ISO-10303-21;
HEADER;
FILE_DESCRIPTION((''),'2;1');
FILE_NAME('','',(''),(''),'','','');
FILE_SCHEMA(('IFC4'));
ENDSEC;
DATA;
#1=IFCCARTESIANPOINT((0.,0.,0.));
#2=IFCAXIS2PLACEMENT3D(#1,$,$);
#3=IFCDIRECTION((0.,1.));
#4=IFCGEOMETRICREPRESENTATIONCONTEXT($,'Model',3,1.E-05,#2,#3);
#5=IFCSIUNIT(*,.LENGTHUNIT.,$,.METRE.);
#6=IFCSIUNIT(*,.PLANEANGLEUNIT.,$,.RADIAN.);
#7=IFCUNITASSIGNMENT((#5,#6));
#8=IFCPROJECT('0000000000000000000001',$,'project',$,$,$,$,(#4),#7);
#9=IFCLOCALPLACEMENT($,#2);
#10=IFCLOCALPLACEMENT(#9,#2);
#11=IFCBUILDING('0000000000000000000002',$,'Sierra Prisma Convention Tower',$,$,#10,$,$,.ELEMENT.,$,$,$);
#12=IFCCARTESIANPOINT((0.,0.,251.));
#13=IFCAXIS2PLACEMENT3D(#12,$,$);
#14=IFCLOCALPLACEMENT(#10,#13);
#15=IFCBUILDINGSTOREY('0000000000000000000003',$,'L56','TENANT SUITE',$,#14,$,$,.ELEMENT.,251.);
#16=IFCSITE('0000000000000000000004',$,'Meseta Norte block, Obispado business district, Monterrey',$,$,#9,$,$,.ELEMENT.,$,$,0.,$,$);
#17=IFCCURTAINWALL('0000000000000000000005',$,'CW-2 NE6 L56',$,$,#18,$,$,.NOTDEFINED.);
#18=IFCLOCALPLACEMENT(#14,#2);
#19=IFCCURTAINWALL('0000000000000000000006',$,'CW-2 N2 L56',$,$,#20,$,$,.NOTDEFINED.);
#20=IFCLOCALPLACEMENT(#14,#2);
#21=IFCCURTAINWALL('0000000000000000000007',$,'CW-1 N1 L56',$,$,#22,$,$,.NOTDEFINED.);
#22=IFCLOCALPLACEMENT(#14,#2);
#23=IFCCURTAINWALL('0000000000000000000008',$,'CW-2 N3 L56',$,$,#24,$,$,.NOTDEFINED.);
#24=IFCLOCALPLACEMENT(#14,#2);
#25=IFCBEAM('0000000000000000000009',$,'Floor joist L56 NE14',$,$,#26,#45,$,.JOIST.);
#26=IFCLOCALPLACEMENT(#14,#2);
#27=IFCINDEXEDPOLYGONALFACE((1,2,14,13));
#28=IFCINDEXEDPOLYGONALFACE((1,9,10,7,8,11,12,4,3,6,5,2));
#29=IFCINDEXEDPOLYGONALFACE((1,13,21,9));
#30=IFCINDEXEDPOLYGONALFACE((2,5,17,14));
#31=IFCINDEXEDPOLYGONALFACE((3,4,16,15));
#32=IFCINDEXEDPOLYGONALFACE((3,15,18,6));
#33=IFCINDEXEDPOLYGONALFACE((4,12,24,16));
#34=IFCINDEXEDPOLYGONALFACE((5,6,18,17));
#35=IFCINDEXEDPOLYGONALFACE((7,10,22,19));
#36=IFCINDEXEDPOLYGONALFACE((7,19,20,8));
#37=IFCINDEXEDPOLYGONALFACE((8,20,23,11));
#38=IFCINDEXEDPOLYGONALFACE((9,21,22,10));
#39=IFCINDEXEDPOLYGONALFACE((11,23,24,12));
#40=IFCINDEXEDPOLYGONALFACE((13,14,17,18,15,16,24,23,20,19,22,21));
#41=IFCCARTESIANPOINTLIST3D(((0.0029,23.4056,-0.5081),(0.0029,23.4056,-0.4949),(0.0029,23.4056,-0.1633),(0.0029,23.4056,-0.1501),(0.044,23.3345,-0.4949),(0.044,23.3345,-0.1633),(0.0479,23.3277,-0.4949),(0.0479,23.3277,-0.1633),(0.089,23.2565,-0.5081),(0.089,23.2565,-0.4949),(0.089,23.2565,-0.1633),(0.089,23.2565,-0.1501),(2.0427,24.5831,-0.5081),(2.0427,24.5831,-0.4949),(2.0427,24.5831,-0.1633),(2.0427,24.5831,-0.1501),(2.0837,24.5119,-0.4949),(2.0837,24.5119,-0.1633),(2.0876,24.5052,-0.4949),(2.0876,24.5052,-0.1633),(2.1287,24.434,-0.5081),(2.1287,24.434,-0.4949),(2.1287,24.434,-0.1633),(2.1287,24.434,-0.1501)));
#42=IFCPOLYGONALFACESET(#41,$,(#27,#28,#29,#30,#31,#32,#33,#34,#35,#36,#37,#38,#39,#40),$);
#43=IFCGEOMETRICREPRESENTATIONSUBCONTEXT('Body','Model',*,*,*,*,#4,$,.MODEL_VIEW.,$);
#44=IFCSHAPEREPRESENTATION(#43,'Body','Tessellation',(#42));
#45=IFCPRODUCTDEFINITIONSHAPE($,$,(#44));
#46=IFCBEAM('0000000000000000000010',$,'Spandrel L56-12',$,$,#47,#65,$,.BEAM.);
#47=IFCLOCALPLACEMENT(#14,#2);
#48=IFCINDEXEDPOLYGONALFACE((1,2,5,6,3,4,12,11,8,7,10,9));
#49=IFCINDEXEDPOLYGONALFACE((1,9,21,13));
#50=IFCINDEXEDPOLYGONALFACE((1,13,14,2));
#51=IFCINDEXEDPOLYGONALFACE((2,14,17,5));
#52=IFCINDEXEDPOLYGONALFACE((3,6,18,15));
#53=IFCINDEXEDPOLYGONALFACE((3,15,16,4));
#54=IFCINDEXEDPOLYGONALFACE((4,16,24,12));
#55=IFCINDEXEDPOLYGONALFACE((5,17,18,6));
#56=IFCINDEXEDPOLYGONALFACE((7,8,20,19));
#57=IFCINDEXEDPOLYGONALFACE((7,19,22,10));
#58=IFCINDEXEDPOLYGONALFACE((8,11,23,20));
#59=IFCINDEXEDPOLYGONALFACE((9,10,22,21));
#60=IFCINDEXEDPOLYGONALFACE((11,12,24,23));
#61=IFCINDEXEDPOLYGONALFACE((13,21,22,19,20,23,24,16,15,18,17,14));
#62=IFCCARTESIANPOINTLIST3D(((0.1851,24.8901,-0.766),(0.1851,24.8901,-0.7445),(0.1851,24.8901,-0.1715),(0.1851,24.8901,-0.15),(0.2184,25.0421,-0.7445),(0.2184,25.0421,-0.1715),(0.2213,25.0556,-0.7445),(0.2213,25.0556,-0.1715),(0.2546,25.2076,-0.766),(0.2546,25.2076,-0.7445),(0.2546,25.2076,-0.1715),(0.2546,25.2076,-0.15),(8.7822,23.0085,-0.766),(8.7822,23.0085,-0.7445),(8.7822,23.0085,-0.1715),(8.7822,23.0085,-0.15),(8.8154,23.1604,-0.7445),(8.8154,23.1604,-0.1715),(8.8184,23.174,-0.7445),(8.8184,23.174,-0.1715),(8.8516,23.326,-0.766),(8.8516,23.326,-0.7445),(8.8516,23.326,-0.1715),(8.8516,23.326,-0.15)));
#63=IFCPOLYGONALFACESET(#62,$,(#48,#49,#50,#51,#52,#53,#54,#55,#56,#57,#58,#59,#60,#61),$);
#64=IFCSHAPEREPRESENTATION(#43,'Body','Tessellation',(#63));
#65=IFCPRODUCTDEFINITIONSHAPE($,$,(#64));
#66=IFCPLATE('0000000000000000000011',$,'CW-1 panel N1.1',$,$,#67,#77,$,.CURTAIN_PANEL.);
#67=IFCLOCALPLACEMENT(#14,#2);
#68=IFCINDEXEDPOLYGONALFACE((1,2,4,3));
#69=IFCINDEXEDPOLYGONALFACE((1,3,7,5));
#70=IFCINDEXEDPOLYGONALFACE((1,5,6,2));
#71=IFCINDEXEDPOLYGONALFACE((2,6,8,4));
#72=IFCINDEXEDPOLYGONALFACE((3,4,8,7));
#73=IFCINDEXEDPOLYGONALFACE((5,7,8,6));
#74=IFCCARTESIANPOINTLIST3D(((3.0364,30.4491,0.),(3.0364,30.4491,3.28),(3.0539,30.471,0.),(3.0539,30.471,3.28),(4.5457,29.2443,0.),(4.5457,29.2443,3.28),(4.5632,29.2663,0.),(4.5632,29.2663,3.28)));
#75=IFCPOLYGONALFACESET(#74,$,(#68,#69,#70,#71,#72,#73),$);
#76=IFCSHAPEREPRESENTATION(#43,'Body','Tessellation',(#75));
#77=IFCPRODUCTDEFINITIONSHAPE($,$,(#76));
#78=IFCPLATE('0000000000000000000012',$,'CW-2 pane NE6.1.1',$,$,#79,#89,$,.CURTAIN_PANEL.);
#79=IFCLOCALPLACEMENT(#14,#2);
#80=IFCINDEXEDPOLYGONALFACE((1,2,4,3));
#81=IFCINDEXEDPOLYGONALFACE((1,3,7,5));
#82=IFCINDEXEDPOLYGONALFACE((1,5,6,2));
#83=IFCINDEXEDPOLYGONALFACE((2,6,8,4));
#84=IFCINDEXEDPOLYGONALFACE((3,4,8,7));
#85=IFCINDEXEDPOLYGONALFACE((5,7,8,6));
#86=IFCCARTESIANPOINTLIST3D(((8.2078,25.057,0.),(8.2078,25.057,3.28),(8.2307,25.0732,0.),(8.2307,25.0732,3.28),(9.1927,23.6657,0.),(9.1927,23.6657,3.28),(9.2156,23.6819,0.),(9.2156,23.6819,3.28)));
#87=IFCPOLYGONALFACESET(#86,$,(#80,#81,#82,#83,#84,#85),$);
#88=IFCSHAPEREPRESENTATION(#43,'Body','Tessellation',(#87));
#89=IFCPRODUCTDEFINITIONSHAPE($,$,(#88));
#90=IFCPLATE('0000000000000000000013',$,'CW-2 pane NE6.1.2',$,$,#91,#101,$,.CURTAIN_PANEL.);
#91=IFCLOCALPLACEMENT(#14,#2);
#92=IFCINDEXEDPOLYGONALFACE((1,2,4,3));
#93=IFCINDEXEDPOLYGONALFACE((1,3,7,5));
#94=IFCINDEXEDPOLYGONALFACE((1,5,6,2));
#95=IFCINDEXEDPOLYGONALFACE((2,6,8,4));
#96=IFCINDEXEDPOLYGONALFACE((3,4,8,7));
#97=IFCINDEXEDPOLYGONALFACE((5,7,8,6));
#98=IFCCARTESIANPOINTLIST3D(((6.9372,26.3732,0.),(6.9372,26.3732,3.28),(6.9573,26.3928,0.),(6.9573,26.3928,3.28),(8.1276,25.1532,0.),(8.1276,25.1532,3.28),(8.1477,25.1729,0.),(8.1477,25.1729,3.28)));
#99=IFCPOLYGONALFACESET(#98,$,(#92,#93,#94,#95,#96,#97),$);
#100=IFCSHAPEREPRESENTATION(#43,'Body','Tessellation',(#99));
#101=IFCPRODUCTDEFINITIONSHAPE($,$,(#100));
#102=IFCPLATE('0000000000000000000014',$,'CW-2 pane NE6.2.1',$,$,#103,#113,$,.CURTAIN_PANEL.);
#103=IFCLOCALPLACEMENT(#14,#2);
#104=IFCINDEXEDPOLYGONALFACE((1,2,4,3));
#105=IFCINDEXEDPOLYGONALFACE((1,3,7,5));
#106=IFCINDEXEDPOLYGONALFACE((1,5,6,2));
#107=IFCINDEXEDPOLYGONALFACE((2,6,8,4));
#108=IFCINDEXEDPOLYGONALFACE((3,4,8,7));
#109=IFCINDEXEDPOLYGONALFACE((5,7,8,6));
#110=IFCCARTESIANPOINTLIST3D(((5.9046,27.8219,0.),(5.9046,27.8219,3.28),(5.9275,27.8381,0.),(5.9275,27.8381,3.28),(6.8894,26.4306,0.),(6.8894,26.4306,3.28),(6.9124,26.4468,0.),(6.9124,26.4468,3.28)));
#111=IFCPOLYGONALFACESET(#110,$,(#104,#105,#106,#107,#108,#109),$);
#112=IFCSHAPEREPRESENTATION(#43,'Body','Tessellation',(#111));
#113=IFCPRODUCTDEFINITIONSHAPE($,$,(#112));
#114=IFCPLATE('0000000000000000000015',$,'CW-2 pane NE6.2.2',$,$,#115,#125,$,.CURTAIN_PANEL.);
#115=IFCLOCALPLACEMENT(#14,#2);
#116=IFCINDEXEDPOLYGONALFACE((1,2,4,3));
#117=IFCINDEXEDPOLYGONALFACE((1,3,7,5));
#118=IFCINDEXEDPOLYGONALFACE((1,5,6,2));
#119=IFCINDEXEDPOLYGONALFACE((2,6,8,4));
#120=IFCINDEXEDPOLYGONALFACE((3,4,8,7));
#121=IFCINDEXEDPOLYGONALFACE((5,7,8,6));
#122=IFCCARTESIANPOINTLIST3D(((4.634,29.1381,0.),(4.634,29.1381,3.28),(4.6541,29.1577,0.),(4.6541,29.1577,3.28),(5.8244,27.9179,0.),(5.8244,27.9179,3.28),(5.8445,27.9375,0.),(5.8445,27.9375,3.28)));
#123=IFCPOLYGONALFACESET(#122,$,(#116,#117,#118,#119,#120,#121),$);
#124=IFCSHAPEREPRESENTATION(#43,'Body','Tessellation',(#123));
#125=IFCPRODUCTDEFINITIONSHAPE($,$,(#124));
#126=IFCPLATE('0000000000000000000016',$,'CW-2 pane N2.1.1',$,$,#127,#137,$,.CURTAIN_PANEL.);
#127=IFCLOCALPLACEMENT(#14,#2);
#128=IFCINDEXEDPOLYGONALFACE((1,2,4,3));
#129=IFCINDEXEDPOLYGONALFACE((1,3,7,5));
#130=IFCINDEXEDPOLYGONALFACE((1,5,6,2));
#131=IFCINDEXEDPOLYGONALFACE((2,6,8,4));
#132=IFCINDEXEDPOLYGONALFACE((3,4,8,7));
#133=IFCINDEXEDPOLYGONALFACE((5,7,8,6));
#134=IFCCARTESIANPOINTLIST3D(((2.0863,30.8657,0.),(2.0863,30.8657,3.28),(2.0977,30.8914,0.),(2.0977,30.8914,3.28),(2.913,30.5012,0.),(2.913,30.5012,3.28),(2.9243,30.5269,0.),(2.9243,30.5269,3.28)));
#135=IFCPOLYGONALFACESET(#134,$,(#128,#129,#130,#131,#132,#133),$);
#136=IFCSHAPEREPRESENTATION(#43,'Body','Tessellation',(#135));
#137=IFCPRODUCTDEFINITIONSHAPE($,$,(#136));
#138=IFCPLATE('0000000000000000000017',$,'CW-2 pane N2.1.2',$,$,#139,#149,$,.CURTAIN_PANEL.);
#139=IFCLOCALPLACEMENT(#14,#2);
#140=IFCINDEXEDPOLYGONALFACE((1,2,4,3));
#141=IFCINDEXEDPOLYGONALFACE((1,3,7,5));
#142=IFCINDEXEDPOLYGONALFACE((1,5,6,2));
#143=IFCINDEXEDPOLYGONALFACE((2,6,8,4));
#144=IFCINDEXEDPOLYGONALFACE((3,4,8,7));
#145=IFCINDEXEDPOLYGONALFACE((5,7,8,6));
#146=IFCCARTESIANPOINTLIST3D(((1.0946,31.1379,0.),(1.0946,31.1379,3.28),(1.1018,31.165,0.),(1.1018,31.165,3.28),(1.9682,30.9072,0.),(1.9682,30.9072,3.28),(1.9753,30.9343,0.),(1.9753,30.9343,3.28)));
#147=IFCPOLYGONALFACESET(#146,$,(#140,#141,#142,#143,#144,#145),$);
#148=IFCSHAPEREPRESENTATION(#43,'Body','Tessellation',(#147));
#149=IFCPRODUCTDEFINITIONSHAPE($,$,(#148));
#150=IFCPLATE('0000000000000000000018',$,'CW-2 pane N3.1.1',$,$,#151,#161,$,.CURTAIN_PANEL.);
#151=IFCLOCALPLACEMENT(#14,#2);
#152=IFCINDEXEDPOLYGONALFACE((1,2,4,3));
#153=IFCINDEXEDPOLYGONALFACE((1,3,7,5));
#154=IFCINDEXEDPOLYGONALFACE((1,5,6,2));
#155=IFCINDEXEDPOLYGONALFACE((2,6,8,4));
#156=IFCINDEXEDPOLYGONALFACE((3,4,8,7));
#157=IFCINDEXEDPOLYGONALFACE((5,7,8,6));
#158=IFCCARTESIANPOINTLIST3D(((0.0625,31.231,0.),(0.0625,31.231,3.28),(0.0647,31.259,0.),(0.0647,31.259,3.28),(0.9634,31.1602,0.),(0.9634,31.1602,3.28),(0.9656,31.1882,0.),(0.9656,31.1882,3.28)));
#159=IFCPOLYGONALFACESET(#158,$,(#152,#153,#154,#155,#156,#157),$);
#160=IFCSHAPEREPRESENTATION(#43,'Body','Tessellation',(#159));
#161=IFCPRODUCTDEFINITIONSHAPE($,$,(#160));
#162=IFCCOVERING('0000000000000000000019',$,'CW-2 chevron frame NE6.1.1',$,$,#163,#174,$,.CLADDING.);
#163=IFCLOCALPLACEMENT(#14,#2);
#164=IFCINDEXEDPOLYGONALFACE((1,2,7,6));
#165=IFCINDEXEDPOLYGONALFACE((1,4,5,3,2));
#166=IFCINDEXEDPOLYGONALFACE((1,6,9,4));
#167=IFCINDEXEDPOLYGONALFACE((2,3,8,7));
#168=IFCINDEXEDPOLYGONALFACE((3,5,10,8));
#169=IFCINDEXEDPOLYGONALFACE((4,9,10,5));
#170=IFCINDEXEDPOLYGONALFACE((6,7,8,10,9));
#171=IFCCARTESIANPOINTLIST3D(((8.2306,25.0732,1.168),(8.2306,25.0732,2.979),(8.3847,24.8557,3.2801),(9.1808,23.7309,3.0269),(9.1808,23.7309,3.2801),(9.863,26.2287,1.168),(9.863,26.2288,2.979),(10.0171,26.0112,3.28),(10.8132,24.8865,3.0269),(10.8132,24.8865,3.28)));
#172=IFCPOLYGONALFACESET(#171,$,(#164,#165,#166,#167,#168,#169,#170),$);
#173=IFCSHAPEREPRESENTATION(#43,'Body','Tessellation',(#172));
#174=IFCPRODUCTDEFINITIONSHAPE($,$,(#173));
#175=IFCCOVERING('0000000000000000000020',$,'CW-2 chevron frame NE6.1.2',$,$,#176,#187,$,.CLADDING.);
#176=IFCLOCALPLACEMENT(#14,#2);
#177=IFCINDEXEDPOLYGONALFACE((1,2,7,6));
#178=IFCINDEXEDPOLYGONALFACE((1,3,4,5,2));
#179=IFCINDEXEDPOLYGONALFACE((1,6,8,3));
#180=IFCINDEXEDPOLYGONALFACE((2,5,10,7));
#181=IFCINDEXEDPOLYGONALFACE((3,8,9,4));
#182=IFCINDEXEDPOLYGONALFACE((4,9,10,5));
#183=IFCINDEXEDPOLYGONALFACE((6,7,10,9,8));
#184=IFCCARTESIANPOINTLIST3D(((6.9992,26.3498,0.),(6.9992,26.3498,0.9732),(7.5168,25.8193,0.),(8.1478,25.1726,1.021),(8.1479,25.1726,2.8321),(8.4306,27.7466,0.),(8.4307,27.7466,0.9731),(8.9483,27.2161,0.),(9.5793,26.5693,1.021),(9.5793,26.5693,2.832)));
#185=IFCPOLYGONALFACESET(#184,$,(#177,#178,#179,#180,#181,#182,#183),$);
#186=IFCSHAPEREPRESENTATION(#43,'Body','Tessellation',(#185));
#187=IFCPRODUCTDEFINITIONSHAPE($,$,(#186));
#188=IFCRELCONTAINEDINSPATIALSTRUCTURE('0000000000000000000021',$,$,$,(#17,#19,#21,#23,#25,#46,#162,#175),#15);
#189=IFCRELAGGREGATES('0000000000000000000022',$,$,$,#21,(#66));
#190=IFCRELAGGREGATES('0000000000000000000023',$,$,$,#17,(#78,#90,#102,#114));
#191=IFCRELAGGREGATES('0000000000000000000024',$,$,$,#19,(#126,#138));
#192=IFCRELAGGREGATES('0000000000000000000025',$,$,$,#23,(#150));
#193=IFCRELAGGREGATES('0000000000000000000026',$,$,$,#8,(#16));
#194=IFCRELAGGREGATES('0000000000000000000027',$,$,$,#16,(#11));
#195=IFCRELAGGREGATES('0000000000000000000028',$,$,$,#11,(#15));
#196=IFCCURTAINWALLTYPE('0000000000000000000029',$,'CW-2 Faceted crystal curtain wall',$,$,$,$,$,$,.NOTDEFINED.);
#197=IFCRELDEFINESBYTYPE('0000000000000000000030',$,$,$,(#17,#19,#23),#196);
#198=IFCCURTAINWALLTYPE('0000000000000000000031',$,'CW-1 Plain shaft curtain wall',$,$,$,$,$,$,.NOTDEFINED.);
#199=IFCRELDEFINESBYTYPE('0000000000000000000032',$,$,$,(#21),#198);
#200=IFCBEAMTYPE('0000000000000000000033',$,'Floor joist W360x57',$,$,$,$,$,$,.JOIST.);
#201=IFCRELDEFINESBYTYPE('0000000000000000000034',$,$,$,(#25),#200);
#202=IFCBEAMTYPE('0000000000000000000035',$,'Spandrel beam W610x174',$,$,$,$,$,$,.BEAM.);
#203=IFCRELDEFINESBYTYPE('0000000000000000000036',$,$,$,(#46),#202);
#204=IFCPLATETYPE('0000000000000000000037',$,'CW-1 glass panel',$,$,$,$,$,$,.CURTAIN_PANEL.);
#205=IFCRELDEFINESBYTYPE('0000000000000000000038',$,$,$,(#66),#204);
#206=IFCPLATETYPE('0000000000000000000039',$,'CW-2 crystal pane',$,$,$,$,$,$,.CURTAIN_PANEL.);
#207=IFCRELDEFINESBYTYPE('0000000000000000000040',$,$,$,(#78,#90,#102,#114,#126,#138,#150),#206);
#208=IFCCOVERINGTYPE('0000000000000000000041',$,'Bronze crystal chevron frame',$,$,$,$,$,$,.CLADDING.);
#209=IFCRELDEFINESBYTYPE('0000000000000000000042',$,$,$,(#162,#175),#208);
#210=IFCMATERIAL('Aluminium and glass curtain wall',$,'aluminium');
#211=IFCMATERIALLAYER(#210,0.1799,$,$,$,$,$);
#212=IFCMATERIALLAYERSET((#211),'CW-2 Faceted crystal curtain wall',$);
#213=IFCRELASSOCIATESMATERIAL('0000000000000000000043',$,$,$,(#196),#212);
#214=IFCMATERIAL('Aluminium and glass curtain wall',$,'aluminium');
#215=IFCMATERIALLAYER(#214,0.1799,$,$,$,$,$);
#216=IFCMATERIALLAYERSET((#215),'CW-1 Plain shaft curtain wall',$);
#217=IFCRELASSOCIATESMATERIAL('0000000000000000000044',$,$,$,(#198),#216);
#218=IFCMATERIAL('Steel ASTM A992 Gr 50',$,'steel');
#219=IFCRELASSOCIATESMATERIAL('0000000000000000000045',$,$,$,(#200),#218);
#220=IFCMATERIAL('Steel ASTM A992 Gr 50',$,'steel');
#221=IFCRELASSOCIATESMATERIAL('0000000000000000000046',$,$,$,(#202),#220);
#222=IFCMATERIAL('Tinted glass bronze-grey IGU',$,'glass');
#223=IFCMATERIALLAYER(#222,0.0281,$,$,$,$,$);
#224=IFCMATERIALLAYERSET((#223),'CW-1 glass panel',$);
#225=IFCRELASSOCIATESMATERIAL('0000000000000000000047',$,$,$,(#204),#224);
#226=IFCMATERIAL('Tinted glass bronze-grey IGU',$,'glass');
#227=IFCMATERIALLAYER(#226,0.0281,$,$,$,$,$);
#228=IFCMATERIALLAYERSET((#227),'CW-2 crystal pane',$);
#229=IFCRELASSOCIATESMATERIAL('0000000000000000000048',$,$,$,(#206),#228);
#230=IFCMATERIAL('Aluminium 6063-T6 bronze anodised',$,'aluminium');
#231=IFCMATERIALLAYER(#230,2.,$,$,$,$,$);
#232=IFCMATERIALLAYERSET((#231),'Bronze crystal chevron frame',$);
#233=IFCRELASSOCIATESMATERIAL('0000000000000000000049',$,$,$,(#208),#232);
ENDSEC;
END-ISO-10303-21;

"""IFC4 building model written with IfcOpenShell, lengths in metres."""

from ifc_helpers import new_model, si_unit, direction, frame, origin, origin_2d, place, context, subcontext, project, spatial, polyline, rectangle, i_section, outline, extrude, material, layer, layer_set, material_profile, profile_set, type_object, element, aggregate, save


model = new_model("IFC4")

# Units and contexts
model_context = context("Model", 3, precision=1e-05, world=origin(), true_north=direction((0.0, 1.0)))
body_context = subcontext(model_context, "Body", "Model", "MODEL_VIEW")
ifc_project = project(units=[si_unit("LENGTHUNIT", "METRE"), si_unit("PLANEANGLEUNIT", "RADIAN")], contexts=[model_context])

# Site, building, storey
site_placement = place(None, origin())
site = spatial("IfcSite", under=ifc_project, at=site_placement, Name="Meseta Norte block, Obispado business district, Monterrey", CompositionType="ELEMENT", RefElevation=0.0)
building_placement = place(site_placement, origin())
building = spatial("IfcBuilding", under=site, at=building_placement, Name="Sierra Prisma Convention Tower", CompositionType="ELEMENT")
storey_placement = place(building_placement, frame((0.0, 0.0, 251.0)))
storey = spatial("IfcBuildingStorey", under=building, at=storey_placement, Name="L56", Description="TENANT SUITE", CompositionType="ELEMENT", Elevation=251.0)

# Curtain wall
ifc_material_1 = material(Name="Aluminium and glass curtain wall", Category="aluminium")
ifc_layer_1 = layer(ifc_material_1, 0.1799)
ifc_layer_set_1 = layer_set([ifc_layer_1], Name="CW-2 Faceted crystal curtain wall")
curtain_wall_type_1 = type_object("IfcCurtainWallType", Name="CW-2 Faceted crystal curtain wall", PredefinedType="NOTDEFINED", material=ifc_layer_set_1)
curtain_wall_1_placement = place(storey_placement, origin())
curtain_wall_1 = element("IfcCurtainWall", 1, at=curtain_wall_1_placement, inside=storey, type_object=curtain_wall_type_1, Name="CW-2 NE6 L56", PredefinedType="NOTDEFINED")

# Curtain wall
curtain_wall_2_placement = place(storey_placement, origin())
curtain_wall_2 = element("IfcCurtainWall", 2, at=curtain_wall_2_placement, inside=storey, type_object=curtain_wall_type_1, Name="CW-2 N2 L56", PredefinedType="NOTDEFINED")

# Curtain wall
ifc_material_2 = material(Name="Aluminium and glass curtain wall", Category="aluminium")
ifc_layer_2 = layer(ifc_material_2, 0.1799)
ifc_layer_set_2 = layer_set([ifc_layer_2], Name="CW-1 Plain shaft curtain wall")
curtain_wall_type_2 = type_object("IfcCurtainWallType", Name="CW-1 Plain shaft curtain wall", PredefinedType="NOTDEFINED", material=ifc_layer_set_2)
curtain_wall_3_placement = place(storey_placement, origin())
curtain_wall_3 = element("IfcCurtainWall", 3, at=curtain_wall_3_placement, inside=storey, type_object=curtain_wall_type_2, Name="CW-1 N1 L56", PredefinedType="NOTDEFINED")

# Curtain wall
curtain_wall_4_placement = place(storey_placement, origin())
curtain_wall_4 = element("IfcCurtainWall", 4, at=curtain_wall_4_placement, inside=storey, type_object=curtain_wall_type_1, Name="CW-2 N3 L56", PredefinedType="NOTDEFINED")

# Beams
ifc_material_3 = material(Name="Steel ASTM A992 Gr 50", Category="steel")
ifc_material_profile_1 = material_profile(ifc_material_3, i_section(OverallWidth=0.1721, OverallDepth=0.3579, WebThickness=0.0078, FlangeThickness=0.0132, at=origin_2d()), Name="W360x57")
ifc_profile_set_1 = profile_set([ifc_material_profile_1], Name="Steel ASTM A992 Gr 50")
beam_type_1 = type_object("IfcBeamType", Name="Floor joist W360x57", PredefinedType="JOIST", material=ifc_profile_set_1)
beam_1_placement = place(storey_placement, frame((2.0857, 24.5085, -0.3291), z_axis=(-0.86606, -0.499941, 0.0), x_axis=(0.499941, -0.86606, 0.0)))
element("IfcBeam", 5, at=beam_1_placement, inside=storey, type_object=beam_type_1, Name="Floor joist L56 NE14", PredefinedType="JOIST", context=body_context, shape_type="SweptSolid", body=[
    extrude(i_section(OverallWidth=0.1721, OverallDepth=0.3579, WebThickness=0.0078, FlangeThickness=0.0132, at=origin_2d()), origin(), (0.0, 0.0, 1.0), 2.3552),
])
ifc_material_4 = material(Name="Steel ASTM A992 Gr 50", Category="steel")
ifc_material_profile_2 = material_profile(ifc_material_4, i_section(OverallWidth=0.325, OverallDepth=0.616, WebThickness=0.0139, FlangeThickness=0.0215, at=origin_2d()), Name="W610x174")
ifc_profile_set_2 = profile_set([ifc_material_profile_2], Name="Steel ASTM A992 Gr 50")
beam_type_2 = type_object("IfcBeamType", Name="Spandrel beam W610x174", PredefinedType="BEAM", material=ifc_profile_set_2)
beam_2_placement = place(storey_placement, frame((8.8169, 23.1672, -0.458), z_axis=(-0.976876, 0.213807, 0.0), x_axis=(-0.213807, -0.976876, 0.0)))
element("IfcBeam", 6, at=beam_2_placement, inside=storey, type_object=beam_type_2, Name="Spandrel L56-12", PredefinedType="BEAM", context=body_context, shape_type="SweptSolid", body=[
    extrude(i_section(OverallWidth=0.325, OverallDepth=0.616, WebThickness=0.0139, FlangeThickness=0.0215, at=origin_2d()), origin(), (0.0, 0.0, 1.0), 8.8005),
])

# Plates
ifc_material_5 = material(Name="Tinted glass bronze-grey IGU", Category="glass")
ifc_layer_3 = layer(ifc_material_5, 0.0281)
ifc_layer_set_3 = layer_set([ifc_layer_3], Name="CW-1 glass panel")
plate_type_1 = type_object("IfcPlateType", Name="CW-1 glass panel", PredefinedType="CURTAIN_PANEL", material=ifc_layer_set_3)
plate_1_placement = place(storey_placement, frame((3.7998, 29.8577, 0.0), z_axis=(0.0, 0.0, 1.0), x_axis=(-0.781554, 0.623838, 0.0)))
plate_1 = element("IfcPlate", 7, at=plate_1_placement, type_object=plate_type_1, Name="CW-1 panel N1.1", PredefinedType="CURTAIN_PANEL", context=body_context, shape_type="SweptSolid", body=[
    extrude(rectangle(XDim=1.9312, YDim=0.0281, at=origin_2d()), origin(), (0.0, 0.0, 1.0), 3.28),
])
aggregate(curtain_wall_3, [plate_1])
ifc_material_6 = material(Name="Tinted glass bronze-grey IGU", Category="glass")
ifc_layer_4 = layer(ifc_material_6, 0.0281)
ifc_layer_set_4 = layer_set([ifc_layer_4], Name="CW-2 crystal pane")
plate_type_2 = type_object("IfcPlateType", Name="CW-2 crystal pane", PredefinedType="CURTAIN_PANEL", material=ifc_layer_set_4)
plate_2_placement = place(storey_placement, frame((9.2156, 23.6819, 0.0), z_axis=(0.816213, 0.577751, 0.0), x_axis=(-0.577751, 0.816213, 0.0)))
plate_2 = element("IfcPlate", 8, at=plate_2_placement, type_object=plate_type_2, Name="CW-2 pane NE6.1.1", PredefinedType="CURTAIN_PANEL", context=body_context, shape_type="SweptSolid", body=[
    extrude(outline(polyline([(0.0, 0.0), (1.7046, 0.0), (1.7046, 3.28), (0.0, 3.28), (0.0, 0.0)])), origin(), (0.0, 0.0, -1.0), 0.0281),
])
plate_3_placement = place(storey_placement, frame((6.9573, 26.3928, 0.0), z_axis=(0.715719, 0.698388, 0.0), x_axis=(0.698388, -0.715719, 0.0)))
plate_3 = element("IfcPlate", 9, at=plate_3_placement, type_object=plate_type_2, Name="CW-2 pane NE6.1.2", PredefinedType="CURTAIN_PANEL", context=body_context, shape_type="SweptSolid", body=[
    extrude(outline(polyline([(0.0, 0.0), (1.7045, 0.0), (1.7045, -3.28), (0.0, -3.28), (0.0, 0.0)])), origin(), (0.0, 0.0, -1.0), 0.0281),
])
plate_4_placement = place(storey_placement, frame((6.9124, 26.4468, 0.0), z_axis=(0.816213, 0.577751, 0.0), x_axis=(-0.577751, 0.816213, 0.0)))
plate_4 = element("IfcPlate", 10, at=plate_4_placement, type_object=plate_type_2, Name="CW-2 pane NE6.2.1", PredefinedType="CURTAIN_PANEL", context=body_context, shape_type="SweptSolid", body=[
    extrude(outline(polyline([(0.0, 0.0), (1.7046, 0.0), (1.7046, 3.28), (0.0, 3.28), (0.0, 0.0)])), origin(), (0.0, 0.0, -1.0), 0.0281),
])
plate_5_placement = place(storey_placement, frame((4.6541, 29.1577, 0.0), z_axis=(0.715789, 0.698317, 0.0), x_axis=(0.698317, -0.715789, 0.0)))
plate_5 = element("IfcPlate", 11, at=plate_5_placement, type_object=plate_type_2, Name="CW-2 pane NE6.2.2", PredefinedType="CURTAIN_PANEL", context=body_context, shape_type="SweptSolid", body=[
    extrude(outline(polyline([(0.0, 0.0), (1.7047, 0.0), (1.7047, -3.28), (0.0, -3.28), (0.0, 0.0)])), origin(), (0.0, 0.0, -1.0), 0.0281),
])
aggregate(curtain_wall_1, [plate_2, plate_3, plate_4, plate_5])
plate_6_placement = place(storey_placement, frame((2.9243, 30.5269, 0.0), z_axis=(0.403454, 0.915, 0.0), x_axis=(-0.915, 0.403454, 0.0)))
plate_6 = element("IfcPlate", 12, at=plate_6_placement, type_object=plate_type_2, Name="CW-2 pane N2.1.1", PredefinedType="CURTAIN_PANEL", context=body_context, shape_type="SweptSolid", body=[
    extrude(outline(polyline([(0.0, 0.0), (0.9035, 0.0), (0.9035, 3.28), (0.0, 3.28), (0.0, 0.0)])), origin(), (0.0, 0.0, -1.0), 0.0281),
])
plate_7_placement = place(storey_placement, frame((1.1018, 31.165, 0.0), z_axis=(0.255358, 0.966847, 0.0), x_axis=(0.966847, -0.255358, 0.0)))
plate_7 = element("IfcPlate", 13, at=plate_7_placement, type_object=plate_type_2, Name="CW-2 pane N2.1.2", PredefinedType="CURTAIN_PANEL", context=body_context, shape_type="SweptSolid", body=[
    extrude(outline(polyline([(0.0, 0.0), (0.9035, 0.0), (0.9035, -3.28), (0.0, -3.28), (0.0, 0.0)])), origin(), (0.0, 0.0, -1.0), 0.0281),
])
aggregate(curtain_wall_2, [plate_6, plate_7])
plate_8_placement = place(storey_placement, frame((0.9656, 31.1882, 0.0), z_axis=(0.078349, 0.996926, 0.0), x_axis=(-0.996926, 0.078349, 0.0)))
plate_8 = element("IfcPlate", 14, at=plate_8_placement, type_object=plate_type_2, Name="CW-2 pane N3.1.1", PredefinedType="CURTAIN_PANEL", context=body_context, shape_type="SweptSolid", body=[
    extrude(outline(polyline([(0.0, 0.0), (0.9037, 0.0), (0.9037, 3.28), (0.0, 3.28), (0.0, 0.0)])), origin(), (0.0, 0.0, -1.0), 0.0281),
])
aggregate(curtain_wall_4, [plate_8])

# Coverings
ifc_material_7 = material(Name="Aluminium 6063-T6 bronze anodised", Category="aluminium")
ifc_layer_5 = layer(ifc_material_7, 2.0)
ifc_layer_set_5 = layer_set([ifc_layer_5], Name="Bronze crystal chevron frame")
covering_type = type_object("IfcCoveringType", Name="Bronze crystal chevron frame", PredefinedType="CLADDING", material=ifc_layer_set_5)
covering_1_placement = place(storey_placement, frame((10.8132, 24.8865, 3.28), z_axis=(0.816196, 0.577775, -0.000023), x_axis=(-0.000019, -0.000013, -1.0)))
element("IfcCovering", 15, at=covering_1_placement, inside=storey, type_object=covering_type, Name="CW-2 chevron frame NE6.1.1", PredefinedType="CLADDING", context=body_context, shape_type="SweptSolid", body=[
    extrude(outline(polyline([(0.0, 0.0), (0.2532, 0.0), (2.1121, 1.6446), (0.301, 1.6446), (0.0, 1.378), (0.0, 0.0)])), origin(), (0.0, 0.0, -1.0), 2.0),
])
covering_2_placement = place(storey_placement, frame((9.5793, 26.5693, 2.832), z_axis=(0.715743, 0.698364, -0.000015), x_axis=(-0.000011, -0.00001, -1.0)))
element("IfcCovering", 16, at=covering_2_placement, inside=storey, type_object=covering_type, Name="CW-2 chevron frame NE6.1.2", PredefinedType="CLADDING", context=body_context, shape_type="SweptSolid", body=[
    extrude(outline(polyline([(0.0, 0.0), (1.811, 0.0), (2.832, 0.9036), (2.832, 1.6448), (1.8589, 1.6448), (0.0, 0.0)])), origin(), (0.0, 0.0, -1.0), 2.0),
])

save(model, "model.ifc")
